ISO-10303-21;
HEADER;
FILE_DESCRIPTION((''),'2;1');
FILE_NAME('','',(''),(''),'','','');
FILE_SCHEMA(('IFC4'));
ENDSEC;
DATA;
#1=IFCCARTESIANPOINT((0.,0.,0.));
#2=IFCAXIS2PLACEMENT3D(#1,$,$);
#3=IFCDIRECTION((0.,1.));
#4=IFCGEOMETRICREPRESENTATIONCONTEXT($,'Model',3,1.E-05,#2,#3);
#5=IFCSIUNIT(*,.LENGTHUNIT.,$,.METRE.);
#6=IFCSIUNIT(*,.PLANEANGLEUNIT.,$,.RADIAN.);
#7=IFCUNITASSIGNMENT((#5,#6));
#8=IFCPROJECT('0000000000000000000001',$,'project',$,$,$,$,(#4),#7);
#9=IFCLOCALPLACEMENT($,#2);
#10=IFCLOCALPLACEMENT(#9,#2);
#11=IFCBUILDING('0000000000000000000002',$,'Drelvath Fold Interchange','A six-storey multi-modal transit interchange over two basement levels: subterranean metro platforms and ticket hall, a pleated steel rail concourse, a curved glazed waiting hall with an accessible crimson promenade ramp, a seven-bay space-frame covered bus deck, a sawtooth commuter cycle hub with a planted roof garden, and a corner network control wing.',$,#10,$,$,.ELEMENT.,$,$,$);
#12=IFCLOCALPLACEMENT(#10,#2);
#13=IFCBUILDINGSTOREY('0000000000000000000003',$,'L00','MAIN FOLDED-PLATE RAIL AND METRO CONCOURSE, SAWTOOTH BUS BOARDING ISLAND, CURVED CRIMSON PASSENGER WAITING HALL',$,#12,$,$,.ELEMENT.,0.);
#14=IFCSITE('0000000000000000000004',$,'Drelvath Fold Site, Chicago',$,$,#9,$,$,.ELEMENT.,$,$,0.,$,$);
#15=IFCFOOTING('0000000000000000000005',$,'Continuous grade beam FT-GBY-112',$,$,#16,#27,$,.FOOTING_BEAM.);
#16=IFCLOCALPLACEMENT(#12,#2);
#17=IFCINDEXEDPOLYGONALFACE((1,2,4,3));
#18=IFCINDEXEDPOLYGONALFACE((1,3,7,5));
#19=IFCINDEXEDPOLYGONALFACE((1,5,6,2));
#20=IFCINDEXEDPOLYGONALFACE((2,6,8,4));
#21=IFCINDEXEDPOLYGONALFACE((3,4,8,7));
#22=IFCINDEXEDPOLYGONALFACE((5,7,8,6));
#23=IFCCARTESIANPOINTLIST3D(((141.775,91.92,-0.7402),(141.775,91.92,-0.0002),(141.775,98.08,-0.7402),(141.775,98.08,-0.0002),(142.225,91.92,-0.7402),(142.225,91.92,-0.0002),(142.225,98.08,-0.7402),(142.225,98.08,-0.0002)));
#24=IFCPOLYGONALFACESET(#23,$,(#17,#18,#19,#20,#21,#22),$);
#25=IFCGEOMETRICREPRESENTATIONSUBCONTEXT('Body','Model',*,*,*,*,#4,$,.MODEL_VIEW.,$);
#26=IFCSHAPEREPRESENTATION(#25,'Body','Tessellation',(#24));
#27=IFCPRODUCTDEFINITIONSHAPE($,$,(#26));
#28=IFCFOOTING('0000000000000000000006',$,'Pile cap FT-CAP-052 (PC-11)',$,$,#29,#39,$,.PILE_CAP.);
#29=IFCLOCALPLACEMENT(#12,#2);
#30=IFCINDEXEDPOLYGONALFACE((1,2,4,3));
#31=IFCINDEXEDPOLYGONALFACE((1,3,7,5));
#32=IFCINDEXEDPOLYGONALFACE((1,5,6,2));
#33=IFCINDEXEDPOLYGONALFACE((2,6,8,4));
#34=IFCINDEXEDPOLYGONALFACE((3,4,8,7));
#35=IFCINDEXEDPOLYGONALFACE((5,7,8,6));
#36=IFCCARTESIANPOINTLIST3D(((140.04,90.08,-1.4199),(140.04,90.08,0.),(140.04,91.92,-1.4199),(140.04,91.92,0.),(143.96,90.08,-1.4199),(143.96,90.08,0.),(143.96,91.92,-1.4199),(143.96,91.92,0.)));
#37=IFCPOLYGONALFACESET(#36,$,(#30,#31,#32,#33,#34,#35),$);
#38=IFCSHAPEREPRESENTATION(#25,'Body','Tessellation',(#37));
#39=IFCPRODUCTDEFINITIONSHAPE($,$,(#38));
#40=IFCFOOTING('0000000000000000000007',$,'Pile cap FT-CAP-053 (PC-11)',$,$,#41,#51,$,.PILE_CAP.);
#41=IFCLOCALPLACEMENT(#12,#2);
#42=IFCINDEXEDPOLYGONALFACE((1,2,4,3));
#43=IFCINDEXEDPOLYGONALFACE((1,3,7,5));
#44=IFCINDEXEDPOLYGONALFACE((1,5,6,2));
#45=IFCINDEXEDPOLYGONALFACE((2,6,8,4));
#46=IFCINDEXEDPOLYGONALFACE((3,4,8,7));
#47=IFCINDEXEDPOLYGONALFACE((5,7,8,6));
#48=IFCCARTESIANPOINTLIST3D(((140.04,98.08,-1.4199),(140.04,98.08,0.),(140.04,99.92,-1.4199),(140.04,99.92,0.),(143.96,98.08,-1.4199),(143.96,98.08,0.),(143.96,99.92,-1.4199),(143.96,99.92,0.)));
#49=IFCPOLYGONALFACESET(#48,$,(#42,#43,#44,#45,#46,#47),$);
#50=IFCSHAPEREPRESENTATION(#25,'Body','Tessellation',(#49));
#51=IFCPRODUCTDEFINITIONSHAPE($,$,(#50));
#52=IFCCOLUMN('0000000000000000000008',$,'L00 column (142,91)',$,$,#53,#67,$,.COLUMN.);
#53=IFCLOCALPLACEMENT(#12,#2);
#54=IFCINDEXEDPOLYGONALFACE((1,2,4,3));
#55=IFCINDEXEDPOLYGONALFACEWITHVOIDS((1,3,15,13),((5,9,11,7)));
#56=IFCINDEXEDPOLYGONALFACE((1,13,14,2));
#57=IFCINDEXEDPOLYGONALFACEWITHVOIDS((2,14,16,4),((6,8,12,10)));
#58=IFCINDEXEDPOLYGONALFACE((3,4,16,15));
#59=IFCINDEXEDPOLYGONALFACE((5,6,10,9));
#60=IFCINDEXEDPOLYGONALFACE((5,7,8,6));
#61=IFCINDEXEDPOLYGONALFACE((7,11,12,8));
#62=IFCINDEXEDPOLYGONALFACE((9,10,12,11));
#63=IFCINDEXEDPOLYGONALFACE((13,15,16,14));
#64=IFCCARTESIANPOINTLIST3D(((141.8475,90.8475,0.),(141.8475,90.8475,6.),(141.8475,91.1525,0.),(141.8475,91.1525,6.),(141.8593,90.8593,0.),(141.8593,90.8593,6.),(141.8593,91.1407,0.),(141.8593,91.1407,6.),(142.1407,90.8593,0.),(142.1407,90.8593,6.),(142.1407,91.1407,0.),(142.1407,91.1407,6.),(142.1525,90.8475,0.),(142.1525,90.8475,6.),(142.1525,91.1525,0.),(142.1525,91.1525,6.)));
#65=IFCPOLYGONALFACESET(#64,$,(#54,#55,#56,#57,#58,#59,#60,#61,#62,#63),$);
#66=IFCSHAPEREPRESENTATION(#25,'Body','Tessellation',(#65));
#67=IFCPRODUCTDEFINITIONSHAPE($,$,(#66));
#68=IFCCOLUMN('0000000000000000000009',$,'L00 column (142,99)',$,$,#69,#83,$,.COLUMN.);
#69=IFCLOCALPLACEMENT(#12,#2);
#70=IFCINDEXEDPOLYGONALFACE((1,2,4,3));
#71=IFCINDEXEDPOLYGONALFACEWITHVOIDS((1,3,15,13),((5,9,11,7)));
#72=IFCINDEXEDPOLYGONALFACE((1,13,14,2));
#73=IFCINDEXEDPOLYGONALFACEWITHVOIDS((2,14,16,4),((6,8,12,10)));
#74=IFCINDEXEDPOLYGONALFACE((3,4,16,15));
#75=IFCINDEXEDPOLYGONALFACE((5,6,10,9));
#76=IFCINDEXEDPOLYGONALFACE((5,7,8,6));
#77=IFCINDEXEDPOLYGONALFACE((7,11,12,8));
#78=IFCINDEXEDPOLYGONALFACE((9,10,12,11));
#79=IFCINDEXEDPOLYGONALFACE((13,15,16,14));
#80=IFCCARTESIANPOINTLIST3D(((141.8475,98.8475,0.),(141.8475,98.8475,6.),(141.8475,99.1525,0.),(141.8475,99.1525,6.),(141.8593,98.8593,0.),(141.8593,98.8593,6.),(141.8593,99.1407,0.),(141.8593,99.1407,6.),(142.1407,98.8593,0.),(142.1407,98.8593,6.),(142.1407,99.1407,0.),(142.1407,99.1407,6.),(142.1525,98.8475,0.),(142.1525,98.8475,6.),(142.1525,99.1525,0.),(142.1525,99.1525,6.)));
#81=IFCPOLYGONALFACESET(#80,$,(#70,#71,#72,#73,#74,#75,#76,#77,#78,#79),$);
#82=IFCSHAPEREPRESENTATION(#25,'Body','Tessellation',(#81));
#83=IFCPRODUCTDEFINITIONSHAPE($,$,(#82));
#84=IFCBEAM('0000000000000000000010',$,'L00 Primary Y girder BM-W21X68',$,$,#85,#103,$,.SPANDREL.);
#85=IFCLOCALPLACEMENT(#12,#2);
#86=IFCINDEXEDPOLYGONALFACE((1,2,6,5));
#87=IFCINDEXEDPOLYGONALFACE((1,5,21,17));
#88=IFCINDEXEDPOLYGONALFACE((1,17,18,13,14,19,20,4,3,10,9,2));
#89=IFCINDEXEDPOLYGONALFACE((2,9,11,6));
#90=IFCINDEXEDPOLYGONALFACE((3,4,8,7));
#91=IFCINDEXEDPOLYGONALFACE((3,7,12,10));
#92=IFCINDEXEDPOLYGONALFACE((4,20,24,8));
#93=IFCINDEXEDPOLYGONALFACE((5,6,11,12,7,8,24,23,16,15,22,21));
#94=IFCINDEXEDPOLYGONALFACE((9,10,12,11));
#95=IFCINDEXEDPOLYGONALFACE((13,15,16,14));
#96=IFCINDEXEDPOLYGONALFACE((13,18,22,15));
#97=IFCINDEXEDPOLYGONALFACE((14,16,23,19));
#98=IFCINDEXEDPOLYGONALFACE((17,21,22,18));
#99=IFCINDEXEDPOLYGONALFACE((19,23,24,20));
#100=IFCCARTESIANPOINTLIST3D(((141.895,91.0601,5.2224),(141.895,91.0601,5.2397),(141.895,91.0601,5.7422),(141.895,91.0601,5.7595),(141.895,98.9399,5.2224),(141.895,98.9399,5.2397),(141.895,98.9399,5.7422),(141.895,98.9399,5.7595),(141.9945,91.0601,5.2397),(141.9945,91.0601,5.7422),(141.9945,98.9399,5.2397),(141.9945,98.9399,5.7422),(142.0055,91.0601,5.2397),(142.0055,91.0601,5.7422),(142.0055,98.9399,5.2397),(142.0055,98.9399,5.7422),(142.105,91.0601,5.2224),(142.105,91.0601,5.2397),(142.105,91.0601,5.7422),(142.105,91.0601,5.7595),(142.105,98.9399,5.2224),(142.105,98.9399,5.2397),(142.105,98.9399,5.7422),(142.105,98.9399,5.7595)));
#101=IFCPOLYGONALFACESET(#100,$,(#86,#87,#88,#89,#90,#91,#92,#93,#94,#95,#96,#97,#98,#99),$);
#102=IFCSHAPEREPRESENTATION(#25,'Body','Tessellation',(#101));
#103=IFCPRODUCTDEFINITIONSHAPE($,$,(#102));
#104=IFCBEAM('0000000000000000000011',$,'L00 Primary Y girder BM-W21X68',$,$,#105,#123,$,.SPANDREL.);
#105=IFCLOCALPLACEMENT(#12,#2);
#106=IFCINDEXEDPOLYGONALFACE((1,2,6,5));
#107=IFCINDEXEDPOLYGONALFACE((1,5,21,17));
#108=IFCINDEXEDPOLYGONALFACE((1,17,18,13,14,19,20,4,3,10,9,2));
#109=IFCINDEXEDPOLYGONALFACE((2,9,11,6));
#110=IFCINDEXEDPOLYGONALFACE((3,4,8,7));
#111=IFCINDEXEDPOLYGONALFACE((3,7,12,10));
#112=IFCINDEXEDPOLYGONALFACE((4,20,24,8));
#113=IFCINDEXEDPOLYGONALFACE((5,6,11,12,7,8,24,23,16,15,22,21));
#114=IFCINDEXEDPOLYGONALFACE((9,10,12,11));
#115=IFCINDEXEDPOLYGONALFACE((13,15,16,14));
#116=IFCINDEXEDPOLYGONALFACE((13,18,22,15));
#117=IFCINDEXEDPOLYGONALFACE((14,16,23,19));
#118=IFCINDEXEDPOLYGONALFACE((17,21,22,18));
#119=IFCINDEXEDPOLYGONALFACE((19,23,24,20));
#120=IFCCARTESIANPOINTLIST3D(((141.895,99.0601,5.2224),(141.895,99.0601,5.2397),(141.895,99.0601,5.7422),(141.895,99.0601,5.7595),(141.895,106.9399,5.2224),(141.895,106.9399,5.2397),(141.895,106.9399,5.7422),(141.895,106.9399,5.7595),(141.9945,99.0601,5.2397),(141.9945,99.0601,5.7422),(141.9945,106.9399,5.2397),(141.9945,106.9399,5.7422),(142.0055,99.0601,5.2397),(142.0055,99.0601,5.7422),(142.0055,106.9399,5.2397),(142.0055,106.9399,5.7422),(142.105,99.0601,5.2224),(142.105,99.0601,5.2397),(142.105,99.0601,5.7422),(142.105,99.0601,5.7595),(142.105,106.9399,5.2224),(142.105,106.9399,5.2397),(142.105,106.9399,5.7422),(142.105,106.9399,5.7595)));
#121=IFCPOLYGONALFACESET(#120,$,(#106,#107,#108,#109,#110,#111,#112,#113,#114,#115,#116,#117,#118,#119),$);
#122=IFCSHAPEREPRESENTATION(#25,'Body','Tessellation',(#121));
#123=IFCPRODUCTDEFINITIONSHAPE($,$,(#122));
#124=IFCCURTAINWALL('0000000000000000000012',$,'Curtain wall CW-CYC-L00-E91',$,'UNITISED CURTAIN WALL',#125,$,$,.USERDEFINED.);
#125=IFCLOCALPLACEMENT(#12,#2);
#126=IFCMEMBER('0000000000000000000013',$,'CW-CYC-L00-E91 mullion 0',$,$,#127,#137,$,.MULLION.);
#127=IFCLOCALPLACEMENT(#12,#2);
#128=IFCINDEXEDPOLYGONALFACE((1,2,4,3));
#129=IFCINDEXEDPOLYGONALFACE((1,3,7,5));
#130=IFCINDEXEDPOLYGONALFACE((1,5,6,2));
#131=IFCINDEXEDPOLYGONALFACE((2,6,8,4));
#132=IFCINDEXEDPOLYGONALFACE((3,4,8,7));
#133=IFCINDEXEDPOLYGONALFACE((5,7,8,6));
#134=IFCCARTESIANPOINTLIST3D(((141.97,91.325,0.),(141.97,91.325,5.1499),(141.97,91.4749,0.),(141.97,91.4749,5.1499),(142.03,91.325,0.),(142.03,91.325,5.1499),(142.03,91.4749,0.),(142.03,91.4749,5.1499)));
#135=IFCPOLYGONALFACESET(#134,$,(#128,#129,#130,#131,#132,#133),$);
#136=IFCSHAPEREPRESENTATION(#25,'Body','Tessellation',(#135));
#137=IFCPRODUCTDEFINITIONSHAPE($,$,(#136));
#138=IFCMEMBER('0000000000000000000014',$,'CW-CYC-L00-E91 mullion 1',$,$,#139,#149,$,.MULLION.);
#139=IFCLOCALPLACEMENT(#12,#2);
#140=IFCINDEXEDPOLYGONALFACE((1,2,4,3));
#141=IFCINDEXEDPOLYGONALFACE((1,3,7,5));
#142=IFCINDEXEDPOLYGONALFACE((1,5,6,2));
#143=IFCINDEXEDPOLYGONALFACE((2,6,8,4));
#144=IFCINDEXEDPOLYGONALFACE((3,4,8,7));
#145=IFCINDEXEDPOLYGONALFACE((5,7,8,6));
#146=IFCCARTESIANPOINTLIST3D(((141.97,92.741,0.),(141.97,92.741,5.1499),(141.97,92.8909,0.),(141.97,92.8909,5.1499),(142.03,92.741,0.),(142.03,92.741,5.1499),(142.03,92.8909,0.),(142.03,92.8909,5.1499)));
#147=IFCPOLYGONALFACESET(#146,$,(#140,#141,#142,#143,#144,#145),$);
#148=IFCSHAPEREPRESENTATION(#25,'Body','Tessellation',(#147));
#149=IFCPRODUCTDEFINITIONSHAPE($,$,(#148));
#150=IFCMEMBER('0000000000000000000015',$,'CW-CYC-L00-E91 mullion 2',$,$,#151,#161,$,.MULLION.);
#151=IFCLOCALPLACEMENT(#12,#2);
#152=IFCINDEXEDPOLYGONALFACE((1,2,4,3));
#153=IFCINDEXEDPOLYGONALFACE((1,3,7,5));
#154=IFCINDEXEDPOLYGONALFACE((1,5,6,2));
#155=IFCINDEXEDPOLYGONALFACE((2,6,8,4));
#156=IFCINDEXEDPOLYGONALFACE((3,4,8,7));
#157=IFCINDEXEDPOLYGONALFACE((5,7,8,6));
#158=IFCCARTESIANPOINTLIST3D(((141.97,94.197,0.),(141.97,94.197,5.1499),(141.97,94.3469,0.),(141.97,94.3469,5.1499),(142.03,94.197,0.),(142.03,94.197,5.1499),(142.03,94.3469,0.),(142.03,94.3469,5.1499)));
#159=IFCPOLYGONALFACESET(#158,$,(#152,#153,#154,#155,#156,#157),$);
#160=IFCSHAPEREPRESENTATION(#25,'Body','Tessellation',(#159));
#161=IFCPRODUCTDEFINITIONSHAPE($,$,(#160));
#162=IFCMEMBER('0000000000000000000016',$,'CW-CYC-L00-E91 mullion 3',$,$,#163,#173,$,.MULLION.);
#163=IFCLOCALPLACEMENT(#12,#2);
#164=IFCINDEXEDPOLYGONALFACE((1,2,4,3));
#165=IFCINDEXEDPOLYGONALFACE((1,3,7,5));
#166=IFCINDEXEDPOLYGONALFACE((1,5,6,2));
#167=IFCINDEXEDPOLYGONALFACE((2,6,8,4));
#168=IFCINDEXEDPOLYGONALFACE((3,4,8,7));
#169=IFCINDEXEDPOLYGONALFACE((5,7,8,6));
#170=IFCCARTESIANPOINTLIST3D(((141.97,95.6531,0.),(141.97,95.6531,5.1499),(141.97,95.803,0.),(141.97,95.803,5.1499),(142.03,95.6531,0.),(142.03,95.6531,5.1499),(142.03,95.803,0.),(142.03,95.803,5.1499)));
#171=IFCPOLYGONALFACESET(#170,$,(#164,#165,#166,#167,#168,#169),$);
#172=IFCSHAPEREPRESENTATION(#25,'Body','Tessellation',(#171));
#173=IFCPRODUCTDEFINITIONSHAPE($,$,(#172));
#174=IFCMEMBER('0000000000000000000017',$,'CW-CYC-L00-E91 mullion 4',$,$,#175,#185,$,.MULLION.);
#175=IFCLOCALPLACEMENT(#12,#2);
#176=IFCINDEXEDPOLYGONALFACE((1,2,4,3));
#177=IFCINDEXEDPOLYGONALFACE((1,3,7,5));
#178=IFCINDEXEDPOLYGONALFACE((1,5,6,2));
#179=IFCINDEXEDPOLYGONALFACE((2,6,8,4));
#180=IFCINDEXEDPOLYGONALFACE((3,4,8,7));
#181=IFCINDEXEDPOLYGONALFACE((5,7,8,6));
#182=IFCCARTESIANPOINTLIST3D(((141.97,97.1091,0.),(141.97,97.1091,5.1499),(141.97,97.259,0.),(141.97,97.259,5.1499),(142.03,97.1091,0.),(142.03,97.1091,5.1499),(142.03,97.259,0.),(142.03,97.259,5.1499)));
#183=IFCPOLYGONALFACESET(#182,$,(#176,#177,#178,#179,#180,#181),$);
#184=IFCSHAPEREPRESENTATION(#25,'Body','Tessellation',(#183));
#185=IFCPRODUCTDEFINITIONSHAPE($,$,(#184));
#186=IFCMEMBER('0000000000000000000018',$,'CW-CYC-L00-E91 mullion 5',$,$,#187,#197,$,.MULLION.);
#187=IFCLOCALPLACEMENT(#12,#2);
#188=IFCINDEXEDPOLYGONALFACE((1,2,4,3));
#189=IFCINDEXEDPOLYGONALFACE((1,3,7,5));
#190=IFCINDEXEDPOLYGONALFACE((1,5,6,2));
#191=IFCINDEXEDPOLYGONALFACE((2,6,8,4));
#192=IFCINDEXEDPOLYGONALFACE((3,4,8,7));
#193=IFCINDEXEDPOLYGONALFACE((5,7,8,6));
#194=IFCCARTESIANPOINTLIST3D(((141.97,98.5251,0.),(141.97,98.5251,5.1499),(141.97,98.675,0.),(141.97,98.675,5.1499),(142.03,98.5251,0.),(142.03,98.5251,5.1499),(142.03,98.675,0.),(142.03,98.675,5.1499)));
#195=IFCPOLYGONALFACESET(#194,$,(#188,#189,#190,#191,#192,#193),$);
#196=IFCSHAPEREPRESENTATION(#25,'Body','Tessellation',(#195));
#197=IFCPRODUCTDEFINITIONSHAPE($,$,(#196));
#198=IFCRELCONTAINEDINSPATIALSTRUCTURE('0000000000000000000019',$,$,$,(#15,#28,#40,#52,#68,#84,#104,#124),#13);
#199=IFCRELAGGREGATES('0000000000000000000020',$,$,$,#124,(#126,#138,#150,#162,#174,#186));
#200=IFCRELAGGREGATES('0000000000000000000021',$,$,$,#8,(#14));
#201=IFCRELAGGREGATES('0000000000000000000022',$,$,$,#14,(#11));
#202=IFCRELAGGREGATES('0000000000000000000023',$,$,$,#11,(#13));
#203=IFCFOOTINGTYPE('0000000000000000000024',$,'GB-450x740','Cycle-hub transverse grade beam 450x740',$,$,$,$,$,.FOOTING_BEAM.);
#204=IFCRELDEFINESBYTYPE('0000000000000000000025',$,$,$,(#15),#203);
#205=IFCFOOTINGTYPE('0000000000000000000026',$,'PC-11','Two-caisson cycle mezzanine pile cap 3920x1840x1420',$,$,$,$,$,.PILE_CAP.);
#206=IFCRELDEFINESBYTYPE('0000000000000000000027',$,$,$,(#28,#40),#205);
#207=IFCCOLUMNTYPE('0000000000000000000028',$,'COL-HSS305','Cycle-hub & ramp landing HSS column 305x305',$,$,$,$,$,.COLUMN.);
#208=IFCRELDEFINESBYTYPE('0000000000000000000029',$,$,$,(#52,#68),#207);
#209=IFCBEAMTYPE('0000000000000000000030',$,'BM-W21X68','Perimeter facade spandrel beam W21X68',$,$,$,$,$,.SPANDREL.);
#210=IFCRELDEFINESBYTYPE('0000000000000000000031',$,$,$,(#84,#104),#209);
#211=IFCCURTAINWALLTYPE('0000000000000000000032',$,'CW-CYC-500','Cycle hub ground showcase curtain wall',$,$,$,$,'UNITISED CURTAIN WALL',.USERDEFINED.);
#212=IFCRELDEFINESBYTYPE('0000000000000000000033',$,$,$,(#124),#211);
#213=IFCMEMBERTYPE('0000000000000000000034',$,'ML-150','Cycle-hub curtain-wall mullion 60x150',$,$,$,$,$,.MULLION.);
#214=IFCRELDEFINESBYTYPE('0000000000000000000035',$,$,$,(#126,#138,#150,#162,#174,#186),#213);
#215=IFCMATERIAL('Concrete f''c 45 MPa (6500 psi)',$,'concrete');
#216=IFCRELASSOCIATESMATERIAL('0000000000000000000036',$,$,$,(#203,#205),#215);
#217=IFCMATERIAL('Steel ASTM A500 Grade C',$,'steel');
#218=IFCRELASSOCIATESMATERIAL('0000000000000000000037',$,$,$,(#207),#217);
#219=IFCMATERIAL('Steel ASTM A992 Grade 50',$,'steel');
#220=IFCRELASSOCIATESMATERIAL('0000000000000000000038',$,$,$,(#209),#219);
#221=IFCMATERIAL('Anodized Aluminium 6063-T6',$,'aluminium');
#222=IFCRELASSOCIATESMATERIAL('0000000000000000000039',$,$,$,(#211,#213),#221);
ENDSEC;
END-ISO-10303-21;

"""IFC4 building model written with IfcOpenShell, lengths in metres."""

from ifc_helpers import new_model, si_unit, direction, frame, origin, origin_2d, place, context, subcontext, project, spatial, rectangle, hollow_rectangle, i_section, extrude, material, material_profile, profile_set, type_object, element, aggregate, save


model = new_model("IFC4")

# Units and contexts
model_context = context("Model", 3, precision=1e-05, world=origin(), true_north=direction((0.0, 1.0)))
body_context = subcontext(model_context, "Body", "Model", "MODEL_VIEW")
ifc_project = project(units=[si_unit("LENGTHUNIT", "METRE"), si_unit("PLANEANGLEUNIT", "RADIAN")], contexts=[model_context])

# Site, building, storey
site_placement = place(None, origin())
site = spatial("IfcSite", under=ifc_project, at=site_placement, Name="Drelvath Fold Site, Chicago", CompositionType="ELEMENT", RefElevation=0.0)
building_placement = place(site_placement, origin())
building = spatial("IfcBuilding", under=site, at=building_placement, Name="Drelvath Fold Interchange", Description="A six-storey multi-modal transit interchange over two basement levels: subterranean metro platforms and ticket hall, a pleated steel rail concourse, a curved glazed waiting hall with an accessible crimson promenade ramp, a seven-bay space-frame covered bus deck, a sawtooth commuter cycle hub with a planted roof garden, and a corner network control wing.", CompositionType="ELEMENT")
storey_placement = place(building_placement, origin())
storey = spatial("IfcBuildingStorey", under=building, at=storey_placement, Name="L00", Description="MAIN FOLDED-PLATE RAIL AND METRO CONCOURSE, SAWTOOTH BUS BOARDING ISLAND, CURVED CRIMSON PASSENGER WAITING HALL", CompositionType="ELEMENT", Elevation=0.0)

# Footings
ifc_material_1 = material(Name="Concrete f'c 45 MPa (6500 psi)", Category="concrete")
footing_type_1 = type_object("IfcFootingType", Name="GB-450x740", Description="Cycle-hub transverse grade beam 450x740", PredefinedType="FOOTING_BEAM", material=ifc_material_1)
footing_placement = place(storey_placement, frame((142.0, 95.0, -0.7402), z_axis=(0.0, 0.0, 1.0), x_axis=(1.0, 0.0, 0.0)))
element("IfcFooting", 1, at=footing_placement, inside=storey, type_object=footing_type_1, Name="Continuous grade beam FT-GBY-112", PredefinedType="FOOTING_BEAM", context=body_context, shape_type="SweptSolid", body=[
    extrude(rectangle(XDim=0.45, YDim=6.1599, at=origin_2d()), origin(), (0.0, 0.0, 1.0), 0.74),
])
footing_type_2 = type_object("IfcFootingType", Name="PC-11", Description="Two-caisson cycle mezzanine pile cap 3920x1840x1420", PredefinedType="PILE_CAP", material=ifc_material_1)
for number, where, z_axis, x_axis, name in (
    (2, (142.0, 91.0, -1.4199), (0.0, 0.0, 1.0), (1.0, 0.0, 0.0), "Pile cap FT-CAP-052 (PC-11)"),
    (3, (142.0, 99.0, -1.4199), (0.0, 0.0, 1.0), (1.0, 0.0, 0.0), "Pile cap FT-CAP-053 (PC-11)"),
):
    element("IfcFooting", number, at=place(storey_placement, frame(where, z_axis=z_axis, x_axis=x_axis)), inside=storey, type_object=footing_type_2, Name=name, PredefinedType="PILE_CAP", context=body_context, shape_type="SweptSolid", body=[
        extrude(rectangle(XDim=3.9199, YDim=1.8401, at=origin_2d()), origin(), (0.0, 0.0, 1.0), 1.4199),
    ])

# Columns
ifc_material_2 = material(Name="Steel ASTM A500 Grade C", Category="steel")
ifc_material_profile_1 = material_profile(ifc_material_2, hollow_rectangle(XDim=0.3049, YDim=0.3049, WallThickness=0.0117, at=origin_2d()), Name="HSS12X12X1/2")
ifc_profile_set_1 = profile_set([ifc_material_profile_1], Name="Steel ASTM A500 Grade C")
column_type = type_object("IfcColumnType", Name="COL-HSS305", Description="Cycle-hub & ramp landing HSS column 305x305", PredefinedType="COLUMN", material=ifc_profile_set_1)
for number, where, z_axis, x_axis, name in (
    (4, (142.0, 91.0, 0.0), (0.0, 0.0, 1.0), (1.0, 0.0, 0.0), "L00 column (142,91)"),
    (5, (142.0, 99.0, 0.0), (0.0, 0.0, 1.0), (1.0, 0.0, 0.0), "L00 column (142,99)"),
):
    element("IfcColumn", number, at=place(storey_placement, frame(where, z_axis=z_axis, x_axis=x_axis)), inside=storey, type_object=column_type, Name=name, PredefinedType="COLUMN", context=body_context, shape_type="SweptSolid", body=[
        extrude(hollow_rectangle(XDim=0.3049, YDim=0.3049, WallThickness=0.0117, at=origin_2d()), origin(), (0.0, 0.0, 1.0), 6.0),
    ])

# Beams
ifc_material_3 = material(Name="Steel ASTM A992 Grade 50", Category="steel")
ifc_material_profile_2 = material_profile(ifc_material_3, i_section(OverallWidth=0.21, OverallDepth=0.5371, WebThickness=0.011, FlangeThickness=0.0173, at=origin_2d()), Name="W21X68")
ifc_profile_set_2 = profile_set([ifc_material_profile_2], Name="Steel ASTM A992 Grade 50")
beam_type = type_object("IfcBeamType", Name="BM-W21X68", Description="Perimeter facade spandrel beam W21X68", PredefinedType="SPANDREL", material=ifc_profile_set_2)
for number, where, z_axis, x_axis, name in (
    (6, (142.0, 91.0601, 5.491), (0.0, 1.0, 0.0), (-1.0, 0.0, 0.0), "L00 Primary Y girder BM-W21X68"),
    (7, (142.0, 99.0601, 5.491), (0.0, 1.0, 0.0), (-1.0, 0.0, 0.0), "L00 Primary Y girder BM-W21X68"),
):
    element("IfcBeam", number, at=place(storey_placement, frame(where, z_axis=z_axis, x_axis=x_axis)), inside=storey, type_object=beam_type, Name=name, PredefinedType="SPANDREL", context=body_context, shape_type="SweptSolid", body=[
        extrude(i_section(OverallWidth=0.21, OverallDepth=0.5371, WebThickness=0.011, FlangeThickness=0.0173, at=origin_2d()), origin(), (0.0, 0.0, 1.0), 7.8799),
    ])

# Curtain wall, members
ifc_material_4 = material(Name="Anodized Aluminium 6063-T6", Category="aluminium")
curtain_wall_type = type_object("IfcCurtainWallType", Name="CW-CYC-500", Description="Cycle hub ground showcase curtain wall", ElementType="UNITISED CURTAIN WALL", PredefinedType="USERDEFINED", material=ifc_material_4)
curtain_wall_1_placement = place(storey_placement, origin())
curtain_wall_1 = element("IfcCurtainWall", 8, at=curtain_wall_1_placement, inside=storey, type_object=curtain_wall_type, Name="Curtain wall CW-CYC-L00-E91", ObjectType="UNITISED CURTAIN WALL", PredefinedType="USERDEFINED")
ifc_material_profile_3 = material_profile(ifc_material_4, rectangle(XDim=0.0601, YDim=0.1499, at=origin_2d()), Name="AL-M 60x150")
ifc_profile_set_3 = profile_set([ifc_material_profile_3], Name="Anodized Aluminium 6063-T6")
member_type_1 = type_object("IfcMemberType", Name="ML-150", Description="Cycle-hub curtain-wall mullion 60x150", PredefinedType="MULLION", material=ifc_profile_set_3)
member_1_placement = place(storey_placement, frame((142.0, 91.3999, 0.0), z_axis=(0.0, 0.0, 1.0), x_axis=(1.0, 0.0, 0.0)))
member_1 = element("IfcMember", 9, at=member_1_placement, type_object=member_type_1, Name="CW-CYC-L00-E91 mullion 0", PredefinedType="MULLION", context=body_context, shape_type="SweptSolid", body=[
    extrude(rectangle(XDim=0.0601, YDim=0.1499, at=origin_2d()), origin(), (0.0, 0.0, 1.0), 5.1499),
])
member_2_placement = place(storey_placement, frame((142.0, 92.8159, 0.0), z_axis=(0.0, 0.0, 1.0), x_axis=(1.0, 0.0, 0.0)))
member_2 = element("IfcMember", 10, at=member_2_placement, type_object=member_type_1, Name="CW-CYC-L00-E91 mullion 1", PredefinedType="MULLION", context=body_context, shape_type="SweptSolid", body=[
    extrude(rectangle(XDim=0.0601, YDim=0.1499, at=origin_2d()), origin(), (0.0, 0.0, 1.0), 5.1499),
])
member_3_placement = place(storey_placement, frame((142.0, 94.272, 0.0), z_axis=(0.0, 0.0, 1.0), x_axis=(1.0, 0.0, 0.0)))
member_3 = element("IfcMember", 11, at=member_3_placement, type_object=member_type_1, Name="CW-CYC-L00-E91 mullion 2", PredefinedType="MULLION", context=body_context, shape_type="SweptSolid", body=[
    extrude(rectangle(XDim=0.0601, YDim=0.1499, at=origin_2d()), origin(), (0.0, 0.0, 1.0), 5.1499),
])
member_4_placement = place(storey_placement, frame((142.0, 95.728, 0.0), z_axis=(0.0, 0.0, 1.0), x_axis=(1.0, 0.0, 0.0)))
member_4 = element("IfcMember", 12, at=member_4_placement, type_object=member_type_1, Name="CW-CYC-L00-E91 mullion 3", PredefinedType="MULLION", context=body_context, shape_type="SweptSolid", body=[
    extrude(rectangle(XDim=0.0601, YDim=0.1499, at=origin_2d()), origin(), (0.0, 0.0, 1.0), 5.1499),
])
member_5_placement = place(storey_placement, frame((142.0, 97.1841, 0.0), z_axis=(0.0, 0.0, 1.0), x_axis=(1.0, 0.0, 0.0)))
member_5 = element("IfcMember", 13, at=member_5_placement, type_object=member_type_1, Name="CW-CYC-L00-E91 mullion 4", PredefinedType="MULLION", context=body_context, shape_type="SweptSolid", body=[
    extrude(rectangle(XDim=0.0601, YDim=0.1499, at=origin_2d()), origin(), (0.0, 0.0, 1.0), 5.1499),
])
member_6_placement = place(storey_placement, frame((142.0, 98.6001, 0.0), z_axis=(0.0, 0.0, 1.0), x_axis=(1.0, 0.0, 0.0)))
member_6 = element("IfcMember", 14, at=member_6_placement, type_object=member_type_1, Name="CW-CYC-L00-E91 mullion 5", PredefinedType="MULLION", context=body_context, shape_type="SweptSolid", body=[
    extrude(rectangle(XDim=0.0601, YDim=0.1499, at=origin_2d()), origin(), (0.0, 0.0, 1.0), 5.1499),
])

aggregate(curtain_wall_1, [member_1, member_2, member_3, member_4, member_5, member_6])

save(model, "model.ifc")
